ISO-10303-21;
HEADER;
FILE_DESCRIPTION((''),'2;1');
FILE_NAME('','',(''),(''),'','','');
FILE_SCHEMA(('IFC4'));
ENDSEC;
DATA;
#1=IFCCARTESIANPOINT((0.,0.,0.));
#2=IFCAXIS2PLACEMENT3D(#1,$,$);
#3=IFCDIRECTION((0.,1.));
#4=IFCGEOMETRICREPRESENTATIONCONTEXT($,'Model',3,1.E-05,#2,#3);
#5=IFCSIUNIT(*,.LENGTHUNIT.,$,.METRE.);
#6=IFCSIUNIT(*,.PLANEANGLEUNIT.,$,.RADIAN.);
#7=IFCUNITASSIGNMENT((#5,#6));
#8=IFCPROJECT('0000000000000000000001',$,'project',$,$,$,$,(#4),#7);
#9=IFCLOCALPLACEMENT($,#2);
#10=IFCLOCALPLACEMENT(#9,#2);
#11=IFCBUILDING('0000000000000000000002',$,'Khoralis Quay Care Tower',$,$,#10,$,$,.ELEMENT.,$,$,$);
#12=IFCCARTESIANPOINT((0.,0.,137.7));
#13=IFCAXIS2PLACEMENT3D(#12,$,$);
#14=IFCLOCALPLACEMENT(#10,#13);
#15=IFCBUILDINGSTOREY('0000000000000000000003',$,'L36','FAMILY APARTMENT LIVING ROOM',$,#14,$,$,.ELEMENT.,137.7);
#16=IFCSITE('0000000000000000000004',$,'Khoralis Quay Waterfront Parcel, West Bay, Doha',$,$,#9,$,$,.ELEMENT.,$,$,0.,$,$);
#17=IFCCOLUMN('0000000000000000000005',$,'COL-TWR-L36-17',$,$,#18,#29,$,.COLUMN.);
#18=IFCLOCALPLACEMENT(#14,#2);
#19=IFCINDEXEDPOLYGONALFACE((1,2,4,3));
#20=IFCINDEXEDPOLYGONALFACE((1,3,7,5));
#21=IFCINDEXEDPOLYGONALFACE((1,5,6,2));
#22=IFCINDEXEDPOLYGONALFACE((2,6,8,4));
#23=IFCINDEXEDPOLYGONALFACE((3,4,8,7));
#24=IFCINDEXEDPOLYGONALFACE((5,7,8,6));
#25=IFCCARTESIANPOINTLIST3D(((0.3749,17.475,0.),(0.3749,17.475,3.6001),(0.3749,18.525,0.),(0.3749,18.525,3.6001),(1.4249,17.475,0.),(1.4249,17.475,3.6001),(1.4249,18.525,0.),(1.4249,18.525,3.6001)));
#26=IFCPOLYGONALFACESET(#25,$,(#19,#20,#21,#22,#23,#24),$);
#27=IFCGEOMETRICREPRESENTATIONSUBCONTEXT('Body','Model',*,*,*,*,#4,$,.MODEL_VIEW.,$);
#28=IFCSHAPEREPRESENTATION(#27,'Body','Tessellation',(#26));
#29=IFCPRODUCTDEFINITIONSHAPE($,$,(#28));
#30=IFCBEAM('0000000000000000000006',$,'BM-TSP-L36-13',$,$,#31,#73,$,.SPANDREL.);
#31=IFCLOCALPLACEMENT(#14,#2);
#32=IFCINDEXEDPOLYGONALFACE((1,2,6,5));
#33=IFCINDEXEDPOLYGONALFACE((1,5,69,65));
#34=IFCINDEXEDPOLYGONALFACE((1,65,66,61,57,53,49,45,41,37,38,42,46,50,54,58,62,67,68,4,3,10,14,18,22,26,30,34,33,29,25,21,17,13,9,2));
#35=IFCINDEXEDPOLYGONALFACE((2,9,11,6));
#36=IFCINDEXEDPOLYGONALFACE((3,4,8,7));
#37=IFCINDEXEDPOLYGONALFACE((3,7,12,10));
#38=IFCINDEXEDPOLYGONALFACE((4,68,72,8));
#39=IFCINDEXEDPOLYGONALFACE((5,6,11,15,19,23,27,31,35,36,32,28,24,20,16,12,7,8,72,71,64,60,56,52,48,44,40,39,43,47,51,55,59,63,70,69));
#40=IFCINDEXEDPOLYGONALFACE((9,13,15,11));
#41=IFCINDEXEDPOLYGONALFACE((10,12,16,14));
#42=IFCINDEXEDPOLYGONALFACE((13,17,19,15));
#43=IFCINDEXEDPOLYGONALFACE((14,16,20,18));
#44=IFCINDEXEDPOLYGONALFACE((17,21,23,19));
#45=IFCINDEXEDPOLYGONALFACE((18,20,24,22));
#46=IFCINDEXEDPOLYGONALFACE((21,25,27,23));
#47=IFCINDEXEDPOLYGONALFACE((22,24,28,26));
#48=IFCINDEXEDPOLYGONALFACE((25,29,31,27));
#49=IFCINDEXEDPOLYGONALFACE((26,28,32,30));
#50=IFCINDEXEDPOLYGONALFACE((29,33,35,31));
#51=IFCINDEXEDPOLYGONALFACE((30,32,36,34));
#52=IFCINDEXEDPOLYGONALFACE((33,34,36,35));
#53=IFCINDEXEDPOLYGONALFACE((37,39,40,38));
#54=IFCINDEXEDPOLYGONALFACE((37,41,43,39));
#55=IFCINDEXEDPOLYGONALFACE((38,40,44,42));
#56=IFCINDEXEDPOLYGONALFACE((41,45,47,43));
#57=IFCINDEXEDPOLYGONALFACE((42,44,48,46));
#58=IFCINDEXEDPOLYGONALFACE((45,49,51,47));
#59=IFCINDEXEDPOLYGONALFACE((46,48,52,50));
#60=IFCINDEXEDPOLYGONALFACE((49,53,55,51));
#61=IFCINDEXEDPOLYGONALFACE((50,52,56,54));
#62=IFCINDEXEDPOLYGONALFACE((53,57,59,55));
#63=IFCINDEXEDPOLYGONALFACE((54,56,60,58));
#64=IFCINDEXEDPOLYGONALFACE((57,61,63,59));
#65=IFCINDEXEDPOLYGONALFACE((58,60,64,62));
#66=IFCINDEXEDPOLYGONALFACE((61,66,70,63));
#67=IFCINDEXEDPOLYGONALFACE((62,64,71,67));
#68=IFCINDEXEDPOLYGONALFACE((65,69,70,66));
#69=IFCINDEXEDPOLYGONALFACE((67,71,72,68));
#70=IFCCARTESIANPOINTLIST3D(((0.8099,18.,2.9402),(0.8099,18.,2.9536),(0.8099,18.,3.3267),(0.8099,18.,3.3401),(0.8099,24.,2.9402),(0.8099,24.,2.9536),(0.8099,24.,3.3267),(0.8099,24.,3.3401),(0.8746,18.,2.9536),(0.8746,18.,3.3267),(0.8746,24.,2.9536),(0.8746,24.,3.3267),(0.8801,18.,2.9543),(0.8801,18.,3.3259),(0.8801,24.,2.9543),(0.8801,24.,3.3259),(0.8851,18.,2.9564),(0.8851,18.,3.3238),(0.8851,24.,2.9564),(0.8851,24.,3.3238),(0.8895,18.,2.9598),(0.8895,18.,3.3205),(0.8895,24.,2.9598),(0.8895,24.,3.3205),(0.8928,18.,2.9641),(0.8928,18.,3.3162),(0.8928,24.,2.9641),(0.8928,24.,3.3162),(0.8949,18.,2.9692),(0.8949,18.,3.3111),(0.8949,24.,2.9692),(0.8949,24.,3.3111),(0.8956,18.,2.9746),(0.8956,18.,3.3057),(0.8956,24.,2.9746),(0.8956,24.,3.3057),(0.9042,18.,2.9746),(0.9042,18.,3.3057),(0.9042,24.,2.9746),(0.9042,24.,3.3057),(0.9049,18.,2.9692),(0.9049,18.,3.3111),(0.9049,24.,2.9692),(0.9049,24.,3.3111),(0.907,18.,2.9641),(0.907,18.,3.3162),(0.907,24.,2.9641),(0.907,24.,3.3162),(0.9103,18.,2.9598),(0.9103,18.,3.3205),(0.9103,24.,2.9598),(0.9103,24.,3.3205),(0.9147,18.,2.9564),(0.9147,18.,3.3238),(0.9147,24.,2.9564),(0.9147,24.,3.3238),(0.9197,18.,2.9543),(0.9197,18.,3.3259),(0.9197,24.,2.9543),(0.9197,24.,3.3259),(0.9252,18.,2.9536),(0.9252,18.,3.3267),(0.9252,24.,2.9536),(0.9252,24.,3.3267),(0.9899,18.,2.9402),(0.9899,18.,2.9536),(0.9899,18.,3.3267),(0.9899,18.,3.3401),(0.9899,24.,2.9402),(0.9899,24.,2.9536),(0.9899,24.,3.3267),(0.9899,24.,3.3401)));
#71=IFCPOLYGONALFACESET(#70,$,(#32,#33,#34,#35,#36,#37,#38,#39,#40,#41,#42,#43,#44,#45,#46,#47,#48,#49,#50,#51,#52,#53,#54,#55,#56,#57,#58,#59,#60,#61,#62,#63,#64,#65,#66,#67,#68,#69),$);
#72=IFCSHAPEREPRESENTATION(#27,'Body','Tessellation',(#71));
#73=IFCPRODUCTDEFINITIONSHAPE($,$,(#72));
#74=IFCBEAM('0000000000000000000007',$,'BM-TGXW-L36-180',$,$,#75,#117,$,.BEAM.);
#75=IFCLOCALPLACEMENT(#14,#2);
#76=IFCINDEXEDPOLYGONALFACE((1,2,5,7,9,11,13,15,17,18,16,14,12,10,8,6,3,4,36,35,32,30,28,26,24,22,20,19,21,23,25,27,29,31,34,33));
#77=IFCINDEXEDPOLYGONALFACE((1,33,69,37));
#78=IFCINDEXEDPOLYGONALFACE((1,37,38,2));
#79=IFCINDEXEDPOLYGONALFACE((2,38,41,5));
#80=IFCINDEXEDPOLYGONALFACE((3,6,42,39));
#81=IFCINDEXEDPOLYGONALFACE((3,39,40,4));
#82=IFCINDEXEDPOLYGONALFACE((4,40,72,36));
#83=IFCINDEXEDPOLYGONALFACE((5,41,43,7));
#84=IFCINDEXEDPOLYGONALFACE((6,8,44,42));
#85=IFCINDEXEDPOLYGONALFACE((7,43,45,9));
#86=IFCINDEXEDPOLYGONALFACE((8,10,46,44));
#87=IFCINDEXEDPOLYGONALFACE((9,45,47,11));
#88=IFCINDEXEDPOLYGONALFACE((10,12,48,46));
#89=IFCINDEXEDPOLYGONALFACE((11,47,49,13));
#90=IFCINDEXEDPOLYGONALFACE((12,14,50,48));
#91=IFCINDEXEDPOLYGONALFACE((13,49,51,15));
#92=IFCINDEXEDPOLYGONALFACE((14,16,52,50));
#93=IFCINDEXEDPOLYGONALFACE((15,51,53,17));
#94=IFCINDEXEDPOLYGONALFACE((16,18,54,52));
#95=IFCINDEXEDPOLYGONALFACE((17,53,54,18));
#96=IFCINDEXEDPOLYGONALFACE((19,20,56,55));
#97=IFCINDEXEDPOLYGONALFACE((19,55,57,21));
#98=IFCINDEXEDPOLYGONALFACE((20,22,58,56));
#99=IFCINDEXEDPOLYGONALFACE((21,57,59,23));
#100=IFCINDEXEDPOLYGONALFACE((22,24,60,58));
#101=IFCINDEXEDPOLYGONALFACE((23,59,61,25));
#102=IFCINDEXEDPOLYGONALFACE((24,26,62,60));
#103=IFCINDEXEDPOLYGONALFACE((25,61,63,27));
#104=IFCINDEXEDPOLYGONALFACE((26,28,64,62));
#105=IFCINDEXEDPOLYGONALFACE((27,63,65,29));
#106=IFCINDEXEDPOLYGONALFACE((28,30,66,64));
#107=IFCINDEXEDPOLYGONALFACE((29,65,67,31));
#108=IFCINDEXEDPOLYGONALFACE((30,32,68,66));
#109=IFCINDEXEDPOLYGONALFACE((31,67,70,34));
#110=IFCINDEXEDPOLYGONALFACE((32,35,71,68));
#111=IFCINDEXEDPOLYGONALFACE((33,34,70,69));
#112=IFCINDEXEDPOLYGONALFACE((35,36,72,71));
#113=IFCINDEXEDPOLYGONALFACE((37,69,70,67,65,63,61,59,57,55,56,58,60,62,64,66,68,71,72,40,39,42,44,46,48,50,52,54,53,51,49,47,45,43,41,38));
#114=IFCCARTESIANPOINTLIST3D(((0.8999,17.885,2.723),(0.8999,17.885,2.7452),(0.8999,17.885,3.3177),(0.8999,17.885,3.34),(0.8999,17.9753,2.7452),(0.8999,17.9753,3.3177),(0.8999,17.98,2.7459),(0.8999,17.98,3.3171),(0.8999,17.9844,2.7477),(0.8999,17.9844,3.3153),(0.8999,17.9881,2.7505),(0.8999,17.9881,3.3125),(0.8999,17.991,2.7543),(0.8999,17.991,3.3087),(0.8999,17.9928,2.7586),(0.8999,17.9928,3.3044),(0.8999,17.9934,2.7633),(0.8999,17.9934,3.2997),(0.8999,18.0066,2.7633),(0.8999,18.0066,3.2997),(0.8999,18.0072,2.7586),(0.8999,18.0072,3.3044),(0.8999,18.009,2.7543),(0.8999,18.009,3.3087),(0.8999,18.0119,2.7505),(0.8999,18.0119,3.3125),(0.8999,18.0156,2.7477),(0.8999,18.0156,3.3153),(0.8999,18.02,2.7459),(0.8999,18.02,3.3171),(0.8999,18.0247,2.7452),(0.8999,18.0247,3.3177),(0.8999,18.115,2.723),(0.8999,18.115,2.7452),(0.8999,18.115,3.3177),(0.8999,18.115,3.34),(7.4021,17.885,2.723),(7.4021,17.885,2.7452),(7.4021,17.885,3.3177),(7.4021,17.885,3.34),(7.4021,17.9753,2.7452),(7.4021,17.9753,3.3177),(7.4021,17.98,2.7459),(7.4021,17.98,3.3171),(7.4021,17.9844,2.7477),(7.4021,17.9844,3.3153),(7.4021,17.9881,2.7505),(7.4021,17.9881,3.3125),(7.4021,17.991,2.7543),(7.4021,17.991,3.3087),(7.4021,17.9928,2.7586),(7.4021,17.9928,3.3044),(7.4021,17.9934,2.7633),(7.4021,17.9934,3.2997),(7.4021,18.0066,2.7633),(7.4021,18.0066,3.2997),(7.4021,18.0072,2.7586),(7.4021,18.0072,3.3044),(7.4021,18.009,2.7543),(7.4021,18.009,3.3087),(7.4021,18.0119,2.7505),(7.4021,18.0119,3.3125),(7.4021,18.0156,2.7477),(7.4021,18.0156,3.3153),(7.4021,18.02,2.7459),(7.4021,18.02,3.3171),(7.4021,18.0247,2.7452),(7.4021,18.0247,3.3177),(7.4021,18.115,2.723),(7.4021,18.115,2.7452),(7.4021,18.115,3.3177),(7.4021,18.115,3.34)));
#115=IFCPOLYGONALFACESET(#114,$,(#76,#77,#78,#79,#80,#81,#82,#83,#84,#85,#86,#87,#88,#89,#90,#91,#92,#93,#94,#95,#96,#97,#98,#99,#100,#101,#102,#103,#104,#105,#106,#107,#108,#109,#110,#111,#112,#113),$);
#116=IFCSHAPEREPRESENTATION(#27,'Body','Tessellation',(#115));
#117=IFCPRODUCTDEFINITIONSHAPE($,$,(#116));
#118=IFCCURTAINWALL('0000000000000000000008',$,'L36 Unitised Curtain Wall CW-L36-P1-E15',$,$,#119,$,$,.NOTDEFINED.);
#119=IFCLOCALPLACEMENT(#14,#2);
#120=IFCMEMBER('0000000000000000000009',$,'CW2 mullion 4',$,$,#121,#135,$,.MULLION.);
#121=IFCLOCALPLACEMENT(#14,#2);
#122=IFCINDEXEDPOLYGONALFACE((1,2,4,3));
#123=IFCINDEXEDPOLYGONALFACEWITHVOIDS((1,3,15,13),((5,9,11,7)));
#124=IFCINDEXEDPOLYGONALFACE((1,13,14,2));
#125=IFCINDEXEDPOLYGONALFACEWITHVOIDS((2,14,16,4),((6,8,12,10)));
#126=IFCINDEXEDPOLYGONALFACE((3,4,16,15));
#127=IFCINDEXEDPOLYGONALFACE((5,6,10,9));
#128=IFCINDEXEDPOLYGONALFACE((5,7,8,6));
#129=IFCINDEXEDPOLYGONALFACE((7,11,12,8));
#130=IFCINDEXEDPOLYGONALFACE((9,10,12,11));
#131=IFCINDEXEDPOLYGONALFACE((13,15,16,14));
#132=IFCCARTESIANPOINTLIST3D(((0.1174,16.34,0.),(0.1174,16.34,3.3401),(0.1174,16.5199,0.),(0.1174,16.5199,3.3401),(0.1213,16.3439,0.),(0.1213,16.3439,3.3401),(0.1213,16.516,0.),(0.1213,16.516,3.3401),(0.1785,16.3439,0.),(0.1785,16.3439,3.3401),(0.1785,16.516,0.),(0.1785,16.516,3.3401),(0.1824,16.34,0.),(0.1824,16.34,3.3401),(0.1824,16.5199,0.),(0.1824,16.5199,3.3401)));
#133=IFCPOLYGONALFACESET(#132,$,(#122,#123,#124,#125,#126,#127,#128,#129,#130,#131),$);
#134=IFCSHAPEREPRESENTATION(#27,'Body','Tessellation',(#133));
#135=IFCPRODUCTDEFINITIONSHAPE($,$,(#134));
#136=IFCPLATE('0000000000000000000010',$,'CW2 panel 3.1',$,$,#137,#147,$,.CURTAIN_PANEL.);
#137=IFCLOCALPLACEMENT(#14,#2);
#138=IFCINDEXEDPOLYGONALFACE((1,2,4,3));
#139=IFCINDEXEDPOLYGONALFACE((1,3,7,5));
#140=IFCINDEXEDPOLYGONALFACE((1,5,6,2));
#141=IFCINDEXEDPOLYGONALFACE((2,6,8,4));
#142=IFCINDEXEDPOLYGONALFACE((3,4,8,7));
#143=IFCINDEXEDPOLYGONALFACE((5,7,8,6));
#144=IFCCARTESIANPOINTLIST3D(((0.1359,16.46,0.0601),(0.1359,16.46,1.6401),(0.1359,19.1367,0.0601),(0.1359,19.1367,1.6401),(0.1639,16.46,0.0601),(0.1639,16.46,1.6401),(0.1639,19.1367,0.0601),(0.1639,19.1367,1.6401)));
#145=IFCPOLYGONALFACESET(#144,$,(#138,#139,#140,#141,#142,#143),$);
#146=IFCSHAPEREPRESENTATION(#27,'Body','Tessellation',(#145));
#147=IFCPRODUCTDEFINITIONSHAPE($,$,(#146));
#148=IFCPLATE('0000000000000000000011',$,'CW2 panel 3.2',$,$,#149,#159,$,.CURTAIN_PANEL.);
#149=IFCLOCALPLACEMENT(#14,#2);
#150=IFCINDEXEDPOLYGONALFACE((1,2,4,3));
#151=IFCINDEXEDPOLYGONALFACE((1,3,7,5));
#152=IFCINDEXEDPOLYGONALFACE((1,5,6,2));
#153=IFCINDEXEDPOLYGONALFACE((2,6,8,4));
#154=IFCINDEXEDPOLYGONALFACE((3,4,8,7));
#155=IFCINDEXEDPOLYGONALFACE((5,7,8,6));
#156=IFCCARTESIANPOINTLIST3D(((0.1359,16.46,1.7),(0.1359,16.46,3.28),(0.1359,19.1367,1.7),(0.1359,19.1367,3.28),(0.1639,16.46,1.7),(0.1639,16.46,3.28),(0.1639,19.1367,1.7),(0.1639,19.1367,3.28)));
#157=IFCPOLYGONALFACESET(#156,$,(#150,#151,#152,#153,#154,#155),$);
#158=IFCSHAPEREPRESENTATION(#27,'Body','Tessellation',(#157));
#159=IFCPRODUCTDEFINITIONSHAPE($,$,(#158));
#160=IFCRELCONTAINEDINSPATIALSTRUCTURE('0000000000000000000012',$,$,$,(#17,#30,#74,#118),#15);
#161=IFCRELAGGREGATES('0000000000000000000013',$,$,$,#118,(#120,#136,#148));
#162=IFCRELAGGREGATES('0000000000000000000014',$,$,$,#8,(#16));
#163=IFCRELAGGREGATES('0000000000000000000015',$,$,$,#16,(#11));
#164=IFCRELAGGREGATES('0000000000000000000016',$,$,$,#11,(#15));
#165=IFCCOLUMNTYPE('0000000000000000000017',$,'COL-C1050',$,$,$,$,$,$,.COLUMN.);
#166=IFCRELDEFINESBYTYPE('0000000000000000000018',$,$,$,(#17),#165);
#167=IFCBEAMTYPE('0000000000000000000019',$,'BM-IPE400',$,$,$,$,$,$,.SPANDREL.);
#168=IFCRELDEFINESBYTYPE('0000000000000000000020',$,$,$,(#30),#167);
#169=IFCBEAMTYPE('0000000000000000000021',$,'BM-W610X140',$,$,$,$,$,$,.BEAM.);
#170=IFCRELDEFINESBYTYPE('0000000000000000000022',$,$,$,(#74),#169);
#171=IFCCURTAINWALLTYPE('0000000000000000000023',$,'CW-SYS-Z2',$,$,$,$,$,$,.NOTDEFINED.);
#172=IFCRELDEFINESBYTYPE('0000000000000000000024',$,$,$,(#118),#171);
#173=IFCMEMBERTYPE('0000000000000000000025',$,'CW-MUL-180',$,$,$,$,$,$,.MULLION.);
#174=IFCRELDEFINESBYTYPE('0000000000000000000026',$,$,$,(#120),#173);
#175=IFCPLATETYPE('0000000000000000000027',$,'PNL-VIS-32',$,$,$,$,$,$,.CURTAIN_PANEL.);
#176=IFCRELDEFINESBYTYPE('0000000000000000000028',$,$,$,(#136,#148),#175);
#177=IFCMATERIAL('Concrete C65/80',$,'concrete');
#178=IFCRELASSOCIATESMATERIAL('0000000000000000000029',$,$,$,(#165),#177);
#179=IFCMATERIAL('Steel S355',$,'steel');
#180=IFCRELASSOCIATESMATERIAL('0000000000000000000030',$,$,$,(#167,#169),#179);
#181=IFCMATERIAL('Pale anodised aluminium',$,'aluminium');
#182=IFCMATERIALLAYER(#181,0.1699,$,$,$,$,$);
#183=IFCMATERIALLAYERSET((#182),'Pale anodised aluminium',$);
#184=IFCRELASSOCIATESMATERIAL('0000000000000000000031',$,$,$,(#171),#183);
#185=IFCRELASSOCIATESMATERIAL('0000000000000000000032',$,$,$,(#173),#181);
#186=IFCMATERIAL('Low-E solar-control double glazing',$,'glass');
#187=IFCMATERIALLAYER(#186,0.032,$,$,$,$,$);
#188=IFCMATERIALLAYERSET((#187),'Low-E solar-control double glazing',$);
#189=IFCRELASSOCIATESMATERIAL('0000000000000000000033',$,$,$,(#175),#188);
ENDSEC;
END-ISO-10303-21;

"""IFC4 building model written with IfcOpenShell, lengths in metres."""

from ifc_helpers import new_model, si_unit, direction, frame, origin, origin_2d, place, context, subcontext, project, spatial, rectangle, hollow_rectangle, i_section, extrude, source, transform, mapped, material, layer, layer_set, material_profile, profile_set, type_object, element, aggregate, save


model = new_model("IFC4")

# Units and contexts
model_context = context("Model", 3, precision=1e-05, world=origin(), true_north=direction((0.0, 1.0)))
body_context = subcontext(model_context, "Body", "Model", "MODEL_VIEW")
ifc_project = project(units=[si_unit("LENGTHUNIT", "METRE"), si_unit("PLANEANGLEUNIT", "RADIAN")], contexts=[model_context])

# Site, building, storey
site_placement = place(None, origin())
site = spatial("IfcSite", under=ifc_project, at=site_placement, Name="Khoralis Quay Waterfront Parcel, West Bay, Doha", CompositionType="ELEMENT", RefElevation=0.0)
building_placement = place(site_placement, origin())
building = spatial("IfcBuilding", under=site, at=building_placement, Name="Khoralis Quay Care Tower", CompositionType="ELEMENT")
storey_placement = place(building_placement, frame((0.0, 0.0, 137.7)))
storey = spatial("IfcBuildingStorey", under=building, at=storey_placement, Name="L36", Description="FAMILY APARTMENT LIVING ROOM", CompositionType="ELEMENT", Elevation=137.7)

# Column
ifc_material_1 = material(Name="Concrete C65/80", Category="concrete")
ifc_material_profile_1 = material_profile(ifc_material_1, rectangle(XDim=1.05, YDim=1.05, at=origin_2d()), Name="Concrete C65/80")
ifc_profile_set_1 = profile_set([ifc_material_profile_1], Name="Concrete C65/80")
column_type = type_object("IfcColumnType", Name="COL-C1050", PredefinedType="COLUMN", material=ifc_profile_set_1)
shared_shape_1 = source(origin(), body_context, "Body", "SweptSolid", [
    extrude(rectangle(XDim=1.05, YDim=1.05, at=origin_2d()), origin(), (0.0, 0.0, 1.0), 3.6001),
])
column_placement = place(storey_placement, frame((0.8999, 18.0, 0.0), z_axis=(0.0, 0.0, 1.0), x_axis=(1.0, 0.0, 0.0)))
element("IfcColumn", 1, at=column_placement, inside=storey, type_object=column_type, Name="COL-TWR-L36-17", PredefinedType="COLUMN", context=body_context, shape_type="MappedRepresentation", body=[
    mapped(shared_shape_1, transform((0.0, 0.0, 0.0), scale=1.0)),
])

# Beams
ifc_material_2 = material(Name="Steel S355", Category="steel")
ifc_material_profile_2 = material_profile(ifc_material_2, i_section(OverallWidth=0.1799, OverallDepth=0.3999, WebThickness=0.0085, FlangeThickness=0.0134, FilletRadius=0.021, at=origin_2d()), Name="Steel S355")
ifc_profile_set_2 = profile_set([ifc_material_profile_2], Name="Steel S355")
beam_type_1 = type_object("IfcBeamType", Name="BM-IPE400", PredefinedType="SPANDREL", material=ifc_profile_set_2)
shared_shape_2 = source(origin(), body_context, "Body", "SweptSolid", [
    extrude(i_section(OverallWidth=0.1799, OverallDepth=0.3999, WebThickness=0.0085, FlangeThickness=0.0134, FilletRadius=0.021, at=origin_2d()), origin(), (0.0, 0.0, 1.0), 6.0),
])
beam_1_placement = place(storey_placement, frame((0.8999, 18.0, 3.1401), z_axis=(0.0, 1.0, 0.0), x_axis=(-1.0, 0.0, 0.0)))
element("IfcBeam", 2, at=beam_1_placement, inside=storey, type_object=beam_type_1, Name="BM-TSP-L36-13", PredefinedType="SPANDREL", context=body_context, shape_type="MappedRepresentation", body=[
    mapped(shared_shape_2, transform((0.0, 0.0, 0.0), scale=1.0)),
])
ifc_material_profile_3 = material_profile(ifc_material_2, i_section(OverallWidth=0.23, OverallDepth=0.6169, WebThickness=0.0132, FlangeThickness=0.0222, FilletRadius=0.0181, at=origin_2d()), Name="Steel S355")
ifc_profile_set_3 = profile_set([ifc_material_profile_3], Name="Steel S355")
beam_type_2 = type_object("IfcBeamType", Name="BM-W610X140", PredefinedType="BEAM", material=ifc_profile_set_3)
shared_shape_3 = source(origin(), body_context, "Body", "SweptSolid", [
    extrude(i_section(OverallWidth=0.23, OverallDepth=0.6169, WebThickness=0.0132, FlangeThickness=0.0222, FilletRadius=0.0181, at=origin_2d()), origin(), (0.0, 0.0, 1.0), 6.5022),
])
beam_2_placement = place(storey_placement, frame((0.8999, 18.0, 3.0315), z_axis=(1.0, 0.0, 0.0), x_axis=(0.0, 1.0, 0.0)))
element("IfcBeam", 3, at=beam_2_placement, inside=storey, type_object=beam_type_2, Name="BM-TGXW-L36-180", PredefinedType="BEAM", context=body_context, shape_type="MappedRepresentation", body=[
    mapped(shared_shape_3, transform((0.0, 0.0, 0.0), scale=1.0)),
])

# Curtain wall, member, plates
ifc_material_3 = material(Name="Pale anodised aluminium", Category="aluminium")
ifc_layer_1 = layer(ifc_material_3, 0.1699)
ifc_layer_set_1 = layer_set([ifc_layer_1], Name="Pale anodised aluminium")
curtain_wall_type = type_object("IfcCurtainWallType", Name="CW-SYS-Z2", PredefinedType="NOTDEFINED", material=ifc_layer_set_1)
curtain_wall_placement = place(storey_placement, origin())
curtain_wall = element("IfcCurtainWall", 4, at=curtain_wall_placement, inside=storey, type_object=curtain_wall_type, Name="L36 Unitised Curtain Wall CW-L36-P1-E15", PredefinedType="NOTDEFINED")
ifc_material_profile_4 = material_profile(ifc_material_3, hollow_rectangle(XDim=0.0649, YDim=0.1799, WallThickness=0.0039, at=origin_2d()), Name="Pale anodised aluminium")
ifc_profile_set_4 = profile_set([ifc_material_profile_4], Name="Pale anodised aluminium")
member_type = type_object("IfcMemberType", Name="CW-MUL-180", PredefinedType="MULLION", material=ifc_profile_set_4)
shared_shape_4 = source(origin(), body_context, "Body", "SweptSolid", [
    extrude(hollow_rectangle(XDim=0.0649, YDim=0.1799, WallThickness=0.0039, at=origin_2d()), origin(), (0.0, 0.0, 1.0), 3.3401),
])
member_placement = place(storey_placement, frame((0.1499, 16.4299, 0.0), z_axis=(0.0, 0.0, 1.0), x_axis=(1.0, 0.0, 0.0)))
member = element("IfcMember", 5, at=member_placement, type_object=member_type, Name="CW2 mullion 4", PredefinedType="MULLION", context=body_context, shape_type="MappedRepresentation", body=[
    mapped(shared_shape_4, transform((0.0, 0.0, 0.0), scale=1.0)),
])
ifc_material_4 = material(Name="Low-E solar-control double glazing", Category="glass")
ifc_layer_2 = layer(ifc_material_4, 0.032)
ifc_layer_set_2 = layer_set([ifc_layer_2], Name="Low-E solar-control double glazing")
plate_type = type_object("IfcPlateType", Name="PNL-VIS-32", PredefinedType="CURTAIN_PANEL", material=ifc_layer_set_2)
shared_shape_5 = source(origin(), body_context, "Body", "SweptSolid", [
    extrude(rectangle(XDim=2.6768, YDim=0.0281, at=origin_2d()), origin(), (0.0, 0.0, 1.0), 1.5801),
])
plate_1_placement = place(storey_placement, frame((0.1499, 17.7983, 0.0601), z_axis=(0.0, 0.0, 1.0), x_axis=(0.0, -1.0, 0.0)))
plate_1 = element("IfcPlate", 6, at=plate_1_placement, type_object=plate_type, Name="CW2 panel 3.1", PredefinedType="CURTAIN_PANEL", context=body_context, shape_type="MappedRepresentation", body=[
    mapped(shared_shape_5, transform((0.0, 0.0, 0.0), scale=1.0)),
])
plate_2_placement = place(storey_placement, frame((0.1499, 17.7983, 1.7), z_axis=(0.0, 0.0, 1.0), x_axis=(0.0, -1.0, 0.0)))
plate_2 = element("IfcPlate", 7, at=plate_2_placement, type_object=plate_type, Name="CW2 panel 3.2", PredefinedType="CURTAIN_PANEL", context=body_context, shape_type="MappedRepresentation", body=[
    mapped(shared_shape_5, transform((0.0, 0.0, 0.0), scale=1.0)),
])
aggregate(curtain_wall, [member, plate_1, plate_2])

save(model, "model.ifc")
